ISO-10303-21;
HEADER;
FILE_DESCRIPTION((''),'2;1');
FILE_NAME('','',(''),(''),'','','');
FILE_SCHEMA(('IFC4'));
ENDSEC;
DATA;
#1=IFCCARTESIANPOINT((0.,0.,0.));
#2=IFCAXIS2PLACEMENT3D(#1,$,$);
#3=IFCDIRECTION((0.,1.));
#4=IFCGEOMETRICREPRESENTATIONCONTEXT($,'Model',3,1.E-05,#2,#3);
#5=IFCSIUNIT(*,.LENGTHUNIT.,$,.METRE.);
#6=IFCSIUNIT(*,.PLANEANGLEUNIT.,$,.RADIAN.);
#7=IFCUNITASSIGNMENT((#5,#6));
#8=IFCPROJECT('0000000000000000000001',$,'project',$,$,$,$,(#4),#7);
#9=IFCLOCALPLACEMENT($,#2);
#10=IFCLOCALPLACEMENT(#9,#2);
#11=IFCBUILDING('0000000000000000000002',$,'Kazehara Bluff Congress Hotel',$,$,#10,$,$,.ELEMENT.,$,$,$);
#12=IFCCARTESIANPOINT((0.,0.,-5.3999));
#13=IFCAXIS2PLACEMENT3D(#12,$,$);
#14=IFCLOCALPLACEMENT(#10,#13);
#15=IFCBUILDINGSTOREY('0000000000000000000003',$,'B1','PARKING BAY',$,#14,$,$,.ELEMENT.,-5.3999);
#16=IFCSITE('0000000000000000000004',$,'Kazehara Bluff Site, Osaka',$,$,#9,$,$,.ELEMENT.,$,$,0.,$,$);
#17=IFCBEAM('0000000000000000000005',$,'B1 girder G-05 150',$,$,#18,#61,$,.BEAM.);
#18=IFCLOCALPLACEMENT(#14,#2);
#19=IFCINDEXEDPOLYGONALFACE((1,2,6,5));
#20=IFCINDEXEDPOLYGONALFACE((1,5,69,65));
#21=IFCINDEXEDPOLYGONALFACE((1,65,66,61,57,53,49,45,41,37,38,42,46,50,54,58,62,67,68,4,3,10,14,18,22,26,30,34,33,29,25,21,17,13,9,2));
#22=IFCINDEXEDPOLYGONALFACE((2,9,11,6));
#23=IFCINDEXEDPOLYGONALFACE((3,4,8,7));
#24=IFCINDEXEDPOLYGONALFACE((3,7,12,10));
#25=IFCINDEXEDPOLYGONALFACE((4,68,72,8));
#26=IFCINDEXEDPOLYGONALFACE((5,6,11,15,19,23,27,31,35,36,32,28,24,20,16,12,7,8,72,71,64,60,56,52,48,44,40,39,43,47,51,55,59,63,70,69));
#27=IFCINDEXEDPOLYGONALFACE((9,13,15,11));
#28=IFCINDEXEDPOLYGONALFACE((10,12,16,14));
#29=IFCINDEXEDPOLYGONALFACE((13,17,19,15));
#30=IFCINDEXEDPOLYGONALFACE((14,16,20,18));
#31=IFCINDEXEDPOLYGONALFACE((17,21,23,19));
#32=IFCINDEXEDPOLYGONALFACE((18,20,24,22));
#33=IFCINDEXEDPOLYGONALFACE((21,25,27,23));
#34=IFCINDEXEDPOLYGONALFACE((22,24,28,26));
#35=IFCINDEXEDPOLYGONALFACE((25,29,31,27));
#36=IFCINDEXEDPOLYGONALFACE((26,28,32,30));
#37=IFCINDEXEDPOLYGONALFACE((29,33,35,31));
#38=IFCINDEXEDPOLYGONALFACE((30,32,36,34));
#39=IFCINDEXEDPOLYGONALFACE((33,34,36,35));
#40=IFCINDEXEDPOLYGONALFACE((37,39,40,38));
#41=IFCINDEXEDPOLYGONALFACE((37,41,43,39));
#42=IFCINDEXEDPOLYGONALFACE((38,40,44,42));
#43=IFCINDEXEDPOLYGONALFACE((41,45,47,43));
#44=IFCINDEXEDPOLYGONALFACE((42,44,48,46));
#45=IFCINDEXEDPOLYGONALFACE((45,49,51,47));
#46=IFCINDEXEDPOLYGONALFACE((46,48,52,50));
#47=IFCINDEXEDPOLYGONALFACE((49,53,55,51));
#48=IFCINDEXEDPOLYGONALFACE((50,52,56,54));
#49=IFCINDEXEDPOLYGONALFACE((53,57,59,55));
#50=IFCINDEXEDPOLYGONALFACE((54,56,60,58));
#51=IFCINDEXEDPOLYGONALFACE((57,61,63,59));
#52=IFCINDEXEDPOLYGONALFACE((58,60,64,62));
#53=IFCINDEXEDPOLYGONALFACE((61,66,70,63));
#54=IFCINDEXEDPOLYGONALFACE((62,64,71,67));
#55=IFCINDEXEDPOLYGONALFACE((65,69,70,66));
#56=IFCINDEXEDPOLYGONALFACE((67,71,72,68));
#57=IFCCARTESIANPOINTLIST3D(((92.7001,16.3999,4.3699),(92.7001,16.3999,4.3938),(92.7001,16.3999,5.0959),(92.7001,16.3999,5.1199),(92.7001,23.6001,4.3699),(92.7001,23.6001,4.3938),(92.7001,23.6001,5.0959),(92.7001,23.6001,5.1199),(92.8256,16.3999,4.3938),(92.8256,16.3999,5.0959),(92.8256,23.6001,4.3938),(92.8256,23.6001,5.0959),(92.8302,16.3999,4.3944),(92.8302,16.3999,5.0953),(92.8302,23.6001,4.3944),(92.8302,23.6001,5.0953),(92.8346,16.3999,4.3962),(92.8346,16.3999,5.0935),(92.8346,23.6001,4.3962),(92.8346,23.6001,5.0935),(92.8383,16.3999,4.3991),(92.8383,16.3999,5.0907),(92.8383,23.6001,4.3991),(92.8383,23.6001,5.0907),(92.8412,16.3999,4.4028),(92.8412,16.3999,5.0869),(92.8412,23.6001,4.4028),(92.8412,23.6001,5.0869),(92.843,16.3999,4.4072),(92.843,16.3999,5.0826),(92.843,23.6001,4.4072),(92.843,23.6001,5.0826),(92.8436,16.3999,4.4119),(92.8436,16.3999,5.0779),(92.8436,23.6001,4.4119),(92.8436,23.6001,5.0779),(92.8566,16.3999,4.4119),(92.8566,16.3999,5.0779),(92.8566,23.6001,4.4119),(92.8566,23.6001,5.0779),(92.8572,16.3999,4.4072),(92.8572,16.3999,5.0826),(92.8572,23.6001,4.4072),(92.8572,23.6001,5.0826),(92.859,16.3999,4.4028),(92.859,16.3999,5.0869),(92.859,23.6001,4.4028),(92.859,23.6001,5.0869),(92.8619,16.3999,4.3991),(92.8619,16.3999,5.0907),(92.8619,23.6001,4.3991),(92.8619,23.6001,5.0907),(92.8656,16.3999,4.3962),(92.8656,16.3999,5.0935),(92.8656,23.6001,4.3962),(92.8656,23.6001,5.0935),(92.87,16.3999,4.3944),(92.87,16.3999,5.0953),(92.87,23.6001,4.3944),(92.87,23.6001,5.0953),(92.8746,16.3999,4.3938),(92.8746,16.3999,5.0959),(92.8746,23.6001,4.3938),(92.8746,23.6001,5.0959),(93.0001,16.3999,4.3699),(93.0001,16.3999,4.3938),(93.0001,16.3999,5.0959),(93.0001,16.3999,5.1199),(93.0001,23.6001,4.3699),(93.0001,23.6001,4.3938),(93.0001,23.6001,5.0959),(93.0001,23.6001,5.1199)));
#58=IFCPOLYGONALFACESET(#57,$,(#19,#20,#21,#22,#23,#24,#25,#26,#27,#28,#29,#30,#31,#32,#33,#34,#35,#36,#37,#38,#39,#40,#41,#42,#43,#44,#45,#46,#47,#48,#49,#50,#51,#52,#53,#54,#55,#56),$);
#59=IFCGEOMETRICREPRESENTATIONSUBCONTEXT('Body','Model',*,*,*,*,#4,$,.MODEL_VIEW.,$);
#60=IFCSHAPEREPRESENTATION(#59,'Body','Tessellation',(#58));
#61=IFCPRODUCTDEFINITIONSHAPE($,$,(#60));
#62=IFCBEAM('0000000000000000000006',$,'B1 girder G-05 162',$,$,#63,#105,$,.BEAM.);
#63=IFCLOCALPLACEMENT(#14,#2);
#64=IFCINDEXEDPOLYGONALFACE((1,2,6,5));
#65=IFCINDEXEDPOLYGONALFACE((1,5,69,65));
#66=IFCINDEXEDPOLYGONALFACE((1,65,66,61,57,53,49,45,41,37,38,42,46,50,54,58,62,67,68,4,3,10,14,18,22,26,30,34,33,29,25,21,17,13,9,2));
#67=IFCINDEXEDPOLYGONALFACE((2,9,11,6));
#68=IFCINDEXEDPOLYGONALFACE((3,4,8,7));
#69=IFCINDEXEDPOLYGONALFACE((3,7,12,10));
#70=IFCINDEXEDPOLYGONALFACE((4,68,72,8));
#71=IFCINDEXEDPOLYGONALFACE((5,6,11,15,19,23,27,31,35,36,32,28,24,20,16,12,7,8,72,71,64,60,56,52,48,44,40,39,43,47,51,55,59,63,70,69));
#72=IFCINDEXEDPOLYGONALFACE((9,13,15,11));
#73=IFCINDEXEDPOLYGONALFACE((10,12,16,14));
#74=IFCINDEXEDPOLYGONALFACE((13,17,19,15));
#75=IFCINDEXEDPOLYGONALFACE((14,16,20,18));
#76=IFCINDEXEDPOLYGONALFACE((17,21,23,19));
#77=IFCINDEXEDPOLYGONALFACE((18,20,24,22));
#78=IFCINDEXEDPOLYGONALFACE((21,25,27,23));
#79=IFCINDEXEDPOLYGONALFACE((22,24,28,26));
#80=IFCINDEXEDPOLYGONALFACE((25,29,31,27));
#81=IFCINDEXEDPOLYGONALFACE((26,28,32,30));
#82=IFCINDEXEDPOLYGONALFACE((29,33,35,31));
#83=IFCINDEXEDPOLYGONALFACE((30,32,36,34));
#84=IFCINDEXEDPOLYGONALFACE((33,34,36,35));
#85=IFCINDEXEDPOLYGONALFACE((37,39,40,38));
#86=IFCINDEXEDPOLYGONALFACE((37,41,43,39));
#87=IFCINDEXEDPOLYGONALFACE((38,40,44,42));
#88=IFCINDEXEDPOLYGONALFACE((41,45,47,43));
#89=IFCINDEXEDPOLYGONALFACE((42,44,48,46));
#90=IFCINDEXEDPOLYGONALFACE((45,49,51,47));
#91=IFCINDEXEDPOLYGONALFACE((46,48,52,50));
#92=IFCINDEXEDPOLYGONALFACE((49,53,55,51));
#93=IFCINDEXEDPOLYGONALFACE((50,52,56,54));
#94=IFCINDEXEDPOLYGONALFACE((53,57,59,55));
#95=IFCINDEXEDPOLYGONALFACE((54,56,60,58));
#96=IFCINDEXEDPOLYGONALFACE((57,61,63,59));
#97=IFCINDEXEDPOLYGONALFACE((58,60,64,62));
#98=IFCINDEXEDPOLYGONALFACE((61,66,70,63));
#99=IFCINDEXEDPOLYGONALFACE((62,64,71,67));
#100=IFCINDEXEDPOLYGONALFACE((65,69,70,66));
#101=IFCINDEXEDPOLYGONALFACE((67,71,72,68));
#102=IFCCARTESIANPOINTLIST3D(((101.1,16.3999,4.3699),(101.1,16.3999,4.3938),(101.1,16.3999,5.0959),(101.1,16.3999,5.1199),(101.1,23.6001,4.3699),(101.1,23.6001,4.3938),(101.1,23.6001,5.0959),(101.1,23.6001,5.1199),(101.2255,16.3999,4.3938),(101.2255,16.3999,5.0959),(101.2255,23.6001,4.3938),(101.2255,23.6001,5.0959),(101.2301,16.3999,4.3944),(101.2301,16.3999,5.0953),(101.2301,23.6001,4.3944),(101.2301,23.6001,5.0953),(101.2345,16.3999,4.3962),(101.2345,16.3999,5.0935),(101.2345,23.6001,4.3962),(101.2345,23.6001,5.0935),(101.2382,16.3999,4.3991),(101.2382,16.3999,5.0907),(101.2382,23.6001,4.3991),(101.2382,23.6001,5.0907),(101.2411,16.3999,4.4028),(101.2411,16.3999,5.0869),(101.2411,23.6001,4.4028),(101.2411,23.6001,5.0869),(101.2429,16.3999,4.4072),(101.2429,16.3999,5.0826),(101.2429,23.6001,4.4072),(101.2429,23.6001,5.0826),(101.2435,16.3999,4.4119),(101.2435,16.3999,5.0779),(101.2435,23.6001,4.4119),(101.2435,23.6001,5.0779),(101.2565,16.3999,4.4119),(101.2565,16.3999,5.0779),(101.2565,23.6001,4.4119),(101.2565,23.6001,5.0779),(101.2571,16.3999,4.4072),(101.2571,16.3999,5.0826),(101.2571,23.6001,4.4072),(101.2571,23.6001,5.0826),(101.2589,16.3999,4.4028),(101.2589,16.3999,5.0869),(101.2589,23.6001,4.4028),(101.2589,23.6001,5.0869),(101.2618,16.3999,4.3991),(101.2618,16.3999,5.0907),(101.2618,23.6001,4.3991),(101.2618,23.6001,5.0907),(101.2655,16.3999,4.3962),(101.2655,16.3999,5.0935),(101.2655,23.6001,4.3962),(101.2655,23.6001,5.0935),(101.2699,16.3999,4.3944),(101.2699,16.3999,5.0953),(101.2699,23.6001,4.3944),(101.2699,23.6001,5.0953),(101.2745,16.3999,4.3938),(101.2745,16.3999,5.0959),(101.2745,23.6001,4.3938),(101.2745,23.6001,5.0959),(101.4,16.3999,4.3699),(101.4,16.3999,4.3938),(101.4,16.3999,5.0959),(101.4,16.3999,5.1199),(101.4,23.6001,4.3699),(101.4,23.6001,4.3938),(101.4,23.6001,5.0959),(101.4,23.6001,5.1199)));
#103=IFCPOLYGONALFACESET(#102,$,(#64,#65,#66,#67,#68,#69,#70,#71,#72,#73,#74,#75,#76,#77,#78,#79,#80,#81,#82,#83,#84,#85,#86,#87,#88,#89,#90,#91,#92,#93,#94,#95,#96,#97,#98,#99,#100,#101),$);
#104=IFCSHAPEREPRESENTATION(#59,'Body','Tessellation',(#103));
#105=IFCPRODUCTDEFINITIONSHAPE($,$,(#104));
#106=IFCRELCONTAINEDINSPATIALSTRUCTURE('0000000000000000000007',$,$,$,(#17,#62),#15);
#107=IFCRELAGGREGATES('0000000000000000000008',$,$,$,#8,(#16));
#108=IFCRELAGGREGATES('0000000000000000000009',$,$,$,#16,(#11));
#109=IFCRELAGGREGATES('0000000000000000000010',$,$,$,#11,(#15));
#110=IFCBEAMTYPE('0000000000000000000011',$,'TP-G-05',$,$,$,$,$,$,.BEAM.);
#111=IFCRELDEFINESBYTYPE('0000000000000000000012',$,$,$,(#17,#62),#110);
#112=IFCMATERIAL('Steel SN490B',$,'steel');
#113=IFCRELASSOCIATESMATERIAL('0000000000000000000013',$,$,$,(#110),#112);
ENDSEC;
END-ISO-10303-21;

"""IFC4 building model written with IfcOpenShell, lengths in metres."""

from ifc_helpers import new_model, si_unit, direction, frame, origin, origin_2d, place, context, subcontext, project, spatial, i_section, extrude, material, material_profile, profile_set, type_object, element, save


model = new_model("IFC4")

# Units and contexts
model_context = context("Model", 3, precision=1e-05, world=origin(), true_north=direction((0.0, 1.0)))
body_context = subcontext(model_context, "Body", "Model", "MODEL_VIEW")
ifc_project = project(units=[si_unit("LENGTHUNIT", "METRE"), si_unit("PLANEANGLEUNIT", "RADIAN")], contexts=[model_context])

# Site, building, storey
site_placement = place(None, origin())
site = spatial("IfcSite", under=ifc_project, at=site_placement, Name="Kazehara Bluff Site, Osaka", CompositionType="ELEMENT", RefElevation=0.0)
building_placement = place(site_placement, origin())
building = spatial("IfcBuilding", under=site, at=building_placement, Name="Kazehara Bluff Congress Hotel", CompositionType="ELEMENT")
storey_placement = place(building_placement, frame((0.0, 0.0, -5.3999)))
storey = spatial("IfcBuildingStorey", under=building, at=storey_placement, Name="B1", Description="PARKING BAY", CompositionType="ELEMENT", Elevation=-5.3999)

# Beams
ifc_material_1 = material(Name="Steel SN490B", Category="steel")
ifc_material_profile_1 = material_profile(ifc_material_1, i_section(OverallWidth=0.3, OverallDepth=0.75, WebThickness=0.0129, FlangeThickness=0.0239, FilletRadius=0.0181, at=origin_2d()))
ifc_profile_set_1 = profile_set([ifc_material_profile_1], Name="Steel SN490B")
beam_type_1 = type_object("IfcBeamType", Name="TP-G-05", PredefinedType="BEAM", material=ifc_profile_set_1)
for number, where, z_axis, x_axis, name in (
    (1, (92.8501, 16.3999, 4.7449), (0.0, 1.0, 0.0), (-1.0, 0.0, 0.0), "B1 girder G-05 150"),
    (2, (101.25, 16.3999, 4.7449), (0.0, 1.0, 0.0), (-1.0, 0.0, 0.0), "B1 girder G-05 162"),
):
    element("IfcBeam", number, at=place(storey_placement, frame(where, z_axis=z_axis, x_axis=x_axis)), inside=storey, type_object=beam_type_1, Name=name, PredefinedType="BEAM", context=body_context, shape_type="SweptSolid", body=[
        extrude(i_section(OverallWidth=0.3, OverallDepth=0.75, WebThickness=0.0129, FlangeThickness=0.0239, FilletRadius=0.0181, at=origin_2d()), origin(), (0.0, 0.0, 1.0), 7.2002),
    ])

save(model, "model.ifc")
